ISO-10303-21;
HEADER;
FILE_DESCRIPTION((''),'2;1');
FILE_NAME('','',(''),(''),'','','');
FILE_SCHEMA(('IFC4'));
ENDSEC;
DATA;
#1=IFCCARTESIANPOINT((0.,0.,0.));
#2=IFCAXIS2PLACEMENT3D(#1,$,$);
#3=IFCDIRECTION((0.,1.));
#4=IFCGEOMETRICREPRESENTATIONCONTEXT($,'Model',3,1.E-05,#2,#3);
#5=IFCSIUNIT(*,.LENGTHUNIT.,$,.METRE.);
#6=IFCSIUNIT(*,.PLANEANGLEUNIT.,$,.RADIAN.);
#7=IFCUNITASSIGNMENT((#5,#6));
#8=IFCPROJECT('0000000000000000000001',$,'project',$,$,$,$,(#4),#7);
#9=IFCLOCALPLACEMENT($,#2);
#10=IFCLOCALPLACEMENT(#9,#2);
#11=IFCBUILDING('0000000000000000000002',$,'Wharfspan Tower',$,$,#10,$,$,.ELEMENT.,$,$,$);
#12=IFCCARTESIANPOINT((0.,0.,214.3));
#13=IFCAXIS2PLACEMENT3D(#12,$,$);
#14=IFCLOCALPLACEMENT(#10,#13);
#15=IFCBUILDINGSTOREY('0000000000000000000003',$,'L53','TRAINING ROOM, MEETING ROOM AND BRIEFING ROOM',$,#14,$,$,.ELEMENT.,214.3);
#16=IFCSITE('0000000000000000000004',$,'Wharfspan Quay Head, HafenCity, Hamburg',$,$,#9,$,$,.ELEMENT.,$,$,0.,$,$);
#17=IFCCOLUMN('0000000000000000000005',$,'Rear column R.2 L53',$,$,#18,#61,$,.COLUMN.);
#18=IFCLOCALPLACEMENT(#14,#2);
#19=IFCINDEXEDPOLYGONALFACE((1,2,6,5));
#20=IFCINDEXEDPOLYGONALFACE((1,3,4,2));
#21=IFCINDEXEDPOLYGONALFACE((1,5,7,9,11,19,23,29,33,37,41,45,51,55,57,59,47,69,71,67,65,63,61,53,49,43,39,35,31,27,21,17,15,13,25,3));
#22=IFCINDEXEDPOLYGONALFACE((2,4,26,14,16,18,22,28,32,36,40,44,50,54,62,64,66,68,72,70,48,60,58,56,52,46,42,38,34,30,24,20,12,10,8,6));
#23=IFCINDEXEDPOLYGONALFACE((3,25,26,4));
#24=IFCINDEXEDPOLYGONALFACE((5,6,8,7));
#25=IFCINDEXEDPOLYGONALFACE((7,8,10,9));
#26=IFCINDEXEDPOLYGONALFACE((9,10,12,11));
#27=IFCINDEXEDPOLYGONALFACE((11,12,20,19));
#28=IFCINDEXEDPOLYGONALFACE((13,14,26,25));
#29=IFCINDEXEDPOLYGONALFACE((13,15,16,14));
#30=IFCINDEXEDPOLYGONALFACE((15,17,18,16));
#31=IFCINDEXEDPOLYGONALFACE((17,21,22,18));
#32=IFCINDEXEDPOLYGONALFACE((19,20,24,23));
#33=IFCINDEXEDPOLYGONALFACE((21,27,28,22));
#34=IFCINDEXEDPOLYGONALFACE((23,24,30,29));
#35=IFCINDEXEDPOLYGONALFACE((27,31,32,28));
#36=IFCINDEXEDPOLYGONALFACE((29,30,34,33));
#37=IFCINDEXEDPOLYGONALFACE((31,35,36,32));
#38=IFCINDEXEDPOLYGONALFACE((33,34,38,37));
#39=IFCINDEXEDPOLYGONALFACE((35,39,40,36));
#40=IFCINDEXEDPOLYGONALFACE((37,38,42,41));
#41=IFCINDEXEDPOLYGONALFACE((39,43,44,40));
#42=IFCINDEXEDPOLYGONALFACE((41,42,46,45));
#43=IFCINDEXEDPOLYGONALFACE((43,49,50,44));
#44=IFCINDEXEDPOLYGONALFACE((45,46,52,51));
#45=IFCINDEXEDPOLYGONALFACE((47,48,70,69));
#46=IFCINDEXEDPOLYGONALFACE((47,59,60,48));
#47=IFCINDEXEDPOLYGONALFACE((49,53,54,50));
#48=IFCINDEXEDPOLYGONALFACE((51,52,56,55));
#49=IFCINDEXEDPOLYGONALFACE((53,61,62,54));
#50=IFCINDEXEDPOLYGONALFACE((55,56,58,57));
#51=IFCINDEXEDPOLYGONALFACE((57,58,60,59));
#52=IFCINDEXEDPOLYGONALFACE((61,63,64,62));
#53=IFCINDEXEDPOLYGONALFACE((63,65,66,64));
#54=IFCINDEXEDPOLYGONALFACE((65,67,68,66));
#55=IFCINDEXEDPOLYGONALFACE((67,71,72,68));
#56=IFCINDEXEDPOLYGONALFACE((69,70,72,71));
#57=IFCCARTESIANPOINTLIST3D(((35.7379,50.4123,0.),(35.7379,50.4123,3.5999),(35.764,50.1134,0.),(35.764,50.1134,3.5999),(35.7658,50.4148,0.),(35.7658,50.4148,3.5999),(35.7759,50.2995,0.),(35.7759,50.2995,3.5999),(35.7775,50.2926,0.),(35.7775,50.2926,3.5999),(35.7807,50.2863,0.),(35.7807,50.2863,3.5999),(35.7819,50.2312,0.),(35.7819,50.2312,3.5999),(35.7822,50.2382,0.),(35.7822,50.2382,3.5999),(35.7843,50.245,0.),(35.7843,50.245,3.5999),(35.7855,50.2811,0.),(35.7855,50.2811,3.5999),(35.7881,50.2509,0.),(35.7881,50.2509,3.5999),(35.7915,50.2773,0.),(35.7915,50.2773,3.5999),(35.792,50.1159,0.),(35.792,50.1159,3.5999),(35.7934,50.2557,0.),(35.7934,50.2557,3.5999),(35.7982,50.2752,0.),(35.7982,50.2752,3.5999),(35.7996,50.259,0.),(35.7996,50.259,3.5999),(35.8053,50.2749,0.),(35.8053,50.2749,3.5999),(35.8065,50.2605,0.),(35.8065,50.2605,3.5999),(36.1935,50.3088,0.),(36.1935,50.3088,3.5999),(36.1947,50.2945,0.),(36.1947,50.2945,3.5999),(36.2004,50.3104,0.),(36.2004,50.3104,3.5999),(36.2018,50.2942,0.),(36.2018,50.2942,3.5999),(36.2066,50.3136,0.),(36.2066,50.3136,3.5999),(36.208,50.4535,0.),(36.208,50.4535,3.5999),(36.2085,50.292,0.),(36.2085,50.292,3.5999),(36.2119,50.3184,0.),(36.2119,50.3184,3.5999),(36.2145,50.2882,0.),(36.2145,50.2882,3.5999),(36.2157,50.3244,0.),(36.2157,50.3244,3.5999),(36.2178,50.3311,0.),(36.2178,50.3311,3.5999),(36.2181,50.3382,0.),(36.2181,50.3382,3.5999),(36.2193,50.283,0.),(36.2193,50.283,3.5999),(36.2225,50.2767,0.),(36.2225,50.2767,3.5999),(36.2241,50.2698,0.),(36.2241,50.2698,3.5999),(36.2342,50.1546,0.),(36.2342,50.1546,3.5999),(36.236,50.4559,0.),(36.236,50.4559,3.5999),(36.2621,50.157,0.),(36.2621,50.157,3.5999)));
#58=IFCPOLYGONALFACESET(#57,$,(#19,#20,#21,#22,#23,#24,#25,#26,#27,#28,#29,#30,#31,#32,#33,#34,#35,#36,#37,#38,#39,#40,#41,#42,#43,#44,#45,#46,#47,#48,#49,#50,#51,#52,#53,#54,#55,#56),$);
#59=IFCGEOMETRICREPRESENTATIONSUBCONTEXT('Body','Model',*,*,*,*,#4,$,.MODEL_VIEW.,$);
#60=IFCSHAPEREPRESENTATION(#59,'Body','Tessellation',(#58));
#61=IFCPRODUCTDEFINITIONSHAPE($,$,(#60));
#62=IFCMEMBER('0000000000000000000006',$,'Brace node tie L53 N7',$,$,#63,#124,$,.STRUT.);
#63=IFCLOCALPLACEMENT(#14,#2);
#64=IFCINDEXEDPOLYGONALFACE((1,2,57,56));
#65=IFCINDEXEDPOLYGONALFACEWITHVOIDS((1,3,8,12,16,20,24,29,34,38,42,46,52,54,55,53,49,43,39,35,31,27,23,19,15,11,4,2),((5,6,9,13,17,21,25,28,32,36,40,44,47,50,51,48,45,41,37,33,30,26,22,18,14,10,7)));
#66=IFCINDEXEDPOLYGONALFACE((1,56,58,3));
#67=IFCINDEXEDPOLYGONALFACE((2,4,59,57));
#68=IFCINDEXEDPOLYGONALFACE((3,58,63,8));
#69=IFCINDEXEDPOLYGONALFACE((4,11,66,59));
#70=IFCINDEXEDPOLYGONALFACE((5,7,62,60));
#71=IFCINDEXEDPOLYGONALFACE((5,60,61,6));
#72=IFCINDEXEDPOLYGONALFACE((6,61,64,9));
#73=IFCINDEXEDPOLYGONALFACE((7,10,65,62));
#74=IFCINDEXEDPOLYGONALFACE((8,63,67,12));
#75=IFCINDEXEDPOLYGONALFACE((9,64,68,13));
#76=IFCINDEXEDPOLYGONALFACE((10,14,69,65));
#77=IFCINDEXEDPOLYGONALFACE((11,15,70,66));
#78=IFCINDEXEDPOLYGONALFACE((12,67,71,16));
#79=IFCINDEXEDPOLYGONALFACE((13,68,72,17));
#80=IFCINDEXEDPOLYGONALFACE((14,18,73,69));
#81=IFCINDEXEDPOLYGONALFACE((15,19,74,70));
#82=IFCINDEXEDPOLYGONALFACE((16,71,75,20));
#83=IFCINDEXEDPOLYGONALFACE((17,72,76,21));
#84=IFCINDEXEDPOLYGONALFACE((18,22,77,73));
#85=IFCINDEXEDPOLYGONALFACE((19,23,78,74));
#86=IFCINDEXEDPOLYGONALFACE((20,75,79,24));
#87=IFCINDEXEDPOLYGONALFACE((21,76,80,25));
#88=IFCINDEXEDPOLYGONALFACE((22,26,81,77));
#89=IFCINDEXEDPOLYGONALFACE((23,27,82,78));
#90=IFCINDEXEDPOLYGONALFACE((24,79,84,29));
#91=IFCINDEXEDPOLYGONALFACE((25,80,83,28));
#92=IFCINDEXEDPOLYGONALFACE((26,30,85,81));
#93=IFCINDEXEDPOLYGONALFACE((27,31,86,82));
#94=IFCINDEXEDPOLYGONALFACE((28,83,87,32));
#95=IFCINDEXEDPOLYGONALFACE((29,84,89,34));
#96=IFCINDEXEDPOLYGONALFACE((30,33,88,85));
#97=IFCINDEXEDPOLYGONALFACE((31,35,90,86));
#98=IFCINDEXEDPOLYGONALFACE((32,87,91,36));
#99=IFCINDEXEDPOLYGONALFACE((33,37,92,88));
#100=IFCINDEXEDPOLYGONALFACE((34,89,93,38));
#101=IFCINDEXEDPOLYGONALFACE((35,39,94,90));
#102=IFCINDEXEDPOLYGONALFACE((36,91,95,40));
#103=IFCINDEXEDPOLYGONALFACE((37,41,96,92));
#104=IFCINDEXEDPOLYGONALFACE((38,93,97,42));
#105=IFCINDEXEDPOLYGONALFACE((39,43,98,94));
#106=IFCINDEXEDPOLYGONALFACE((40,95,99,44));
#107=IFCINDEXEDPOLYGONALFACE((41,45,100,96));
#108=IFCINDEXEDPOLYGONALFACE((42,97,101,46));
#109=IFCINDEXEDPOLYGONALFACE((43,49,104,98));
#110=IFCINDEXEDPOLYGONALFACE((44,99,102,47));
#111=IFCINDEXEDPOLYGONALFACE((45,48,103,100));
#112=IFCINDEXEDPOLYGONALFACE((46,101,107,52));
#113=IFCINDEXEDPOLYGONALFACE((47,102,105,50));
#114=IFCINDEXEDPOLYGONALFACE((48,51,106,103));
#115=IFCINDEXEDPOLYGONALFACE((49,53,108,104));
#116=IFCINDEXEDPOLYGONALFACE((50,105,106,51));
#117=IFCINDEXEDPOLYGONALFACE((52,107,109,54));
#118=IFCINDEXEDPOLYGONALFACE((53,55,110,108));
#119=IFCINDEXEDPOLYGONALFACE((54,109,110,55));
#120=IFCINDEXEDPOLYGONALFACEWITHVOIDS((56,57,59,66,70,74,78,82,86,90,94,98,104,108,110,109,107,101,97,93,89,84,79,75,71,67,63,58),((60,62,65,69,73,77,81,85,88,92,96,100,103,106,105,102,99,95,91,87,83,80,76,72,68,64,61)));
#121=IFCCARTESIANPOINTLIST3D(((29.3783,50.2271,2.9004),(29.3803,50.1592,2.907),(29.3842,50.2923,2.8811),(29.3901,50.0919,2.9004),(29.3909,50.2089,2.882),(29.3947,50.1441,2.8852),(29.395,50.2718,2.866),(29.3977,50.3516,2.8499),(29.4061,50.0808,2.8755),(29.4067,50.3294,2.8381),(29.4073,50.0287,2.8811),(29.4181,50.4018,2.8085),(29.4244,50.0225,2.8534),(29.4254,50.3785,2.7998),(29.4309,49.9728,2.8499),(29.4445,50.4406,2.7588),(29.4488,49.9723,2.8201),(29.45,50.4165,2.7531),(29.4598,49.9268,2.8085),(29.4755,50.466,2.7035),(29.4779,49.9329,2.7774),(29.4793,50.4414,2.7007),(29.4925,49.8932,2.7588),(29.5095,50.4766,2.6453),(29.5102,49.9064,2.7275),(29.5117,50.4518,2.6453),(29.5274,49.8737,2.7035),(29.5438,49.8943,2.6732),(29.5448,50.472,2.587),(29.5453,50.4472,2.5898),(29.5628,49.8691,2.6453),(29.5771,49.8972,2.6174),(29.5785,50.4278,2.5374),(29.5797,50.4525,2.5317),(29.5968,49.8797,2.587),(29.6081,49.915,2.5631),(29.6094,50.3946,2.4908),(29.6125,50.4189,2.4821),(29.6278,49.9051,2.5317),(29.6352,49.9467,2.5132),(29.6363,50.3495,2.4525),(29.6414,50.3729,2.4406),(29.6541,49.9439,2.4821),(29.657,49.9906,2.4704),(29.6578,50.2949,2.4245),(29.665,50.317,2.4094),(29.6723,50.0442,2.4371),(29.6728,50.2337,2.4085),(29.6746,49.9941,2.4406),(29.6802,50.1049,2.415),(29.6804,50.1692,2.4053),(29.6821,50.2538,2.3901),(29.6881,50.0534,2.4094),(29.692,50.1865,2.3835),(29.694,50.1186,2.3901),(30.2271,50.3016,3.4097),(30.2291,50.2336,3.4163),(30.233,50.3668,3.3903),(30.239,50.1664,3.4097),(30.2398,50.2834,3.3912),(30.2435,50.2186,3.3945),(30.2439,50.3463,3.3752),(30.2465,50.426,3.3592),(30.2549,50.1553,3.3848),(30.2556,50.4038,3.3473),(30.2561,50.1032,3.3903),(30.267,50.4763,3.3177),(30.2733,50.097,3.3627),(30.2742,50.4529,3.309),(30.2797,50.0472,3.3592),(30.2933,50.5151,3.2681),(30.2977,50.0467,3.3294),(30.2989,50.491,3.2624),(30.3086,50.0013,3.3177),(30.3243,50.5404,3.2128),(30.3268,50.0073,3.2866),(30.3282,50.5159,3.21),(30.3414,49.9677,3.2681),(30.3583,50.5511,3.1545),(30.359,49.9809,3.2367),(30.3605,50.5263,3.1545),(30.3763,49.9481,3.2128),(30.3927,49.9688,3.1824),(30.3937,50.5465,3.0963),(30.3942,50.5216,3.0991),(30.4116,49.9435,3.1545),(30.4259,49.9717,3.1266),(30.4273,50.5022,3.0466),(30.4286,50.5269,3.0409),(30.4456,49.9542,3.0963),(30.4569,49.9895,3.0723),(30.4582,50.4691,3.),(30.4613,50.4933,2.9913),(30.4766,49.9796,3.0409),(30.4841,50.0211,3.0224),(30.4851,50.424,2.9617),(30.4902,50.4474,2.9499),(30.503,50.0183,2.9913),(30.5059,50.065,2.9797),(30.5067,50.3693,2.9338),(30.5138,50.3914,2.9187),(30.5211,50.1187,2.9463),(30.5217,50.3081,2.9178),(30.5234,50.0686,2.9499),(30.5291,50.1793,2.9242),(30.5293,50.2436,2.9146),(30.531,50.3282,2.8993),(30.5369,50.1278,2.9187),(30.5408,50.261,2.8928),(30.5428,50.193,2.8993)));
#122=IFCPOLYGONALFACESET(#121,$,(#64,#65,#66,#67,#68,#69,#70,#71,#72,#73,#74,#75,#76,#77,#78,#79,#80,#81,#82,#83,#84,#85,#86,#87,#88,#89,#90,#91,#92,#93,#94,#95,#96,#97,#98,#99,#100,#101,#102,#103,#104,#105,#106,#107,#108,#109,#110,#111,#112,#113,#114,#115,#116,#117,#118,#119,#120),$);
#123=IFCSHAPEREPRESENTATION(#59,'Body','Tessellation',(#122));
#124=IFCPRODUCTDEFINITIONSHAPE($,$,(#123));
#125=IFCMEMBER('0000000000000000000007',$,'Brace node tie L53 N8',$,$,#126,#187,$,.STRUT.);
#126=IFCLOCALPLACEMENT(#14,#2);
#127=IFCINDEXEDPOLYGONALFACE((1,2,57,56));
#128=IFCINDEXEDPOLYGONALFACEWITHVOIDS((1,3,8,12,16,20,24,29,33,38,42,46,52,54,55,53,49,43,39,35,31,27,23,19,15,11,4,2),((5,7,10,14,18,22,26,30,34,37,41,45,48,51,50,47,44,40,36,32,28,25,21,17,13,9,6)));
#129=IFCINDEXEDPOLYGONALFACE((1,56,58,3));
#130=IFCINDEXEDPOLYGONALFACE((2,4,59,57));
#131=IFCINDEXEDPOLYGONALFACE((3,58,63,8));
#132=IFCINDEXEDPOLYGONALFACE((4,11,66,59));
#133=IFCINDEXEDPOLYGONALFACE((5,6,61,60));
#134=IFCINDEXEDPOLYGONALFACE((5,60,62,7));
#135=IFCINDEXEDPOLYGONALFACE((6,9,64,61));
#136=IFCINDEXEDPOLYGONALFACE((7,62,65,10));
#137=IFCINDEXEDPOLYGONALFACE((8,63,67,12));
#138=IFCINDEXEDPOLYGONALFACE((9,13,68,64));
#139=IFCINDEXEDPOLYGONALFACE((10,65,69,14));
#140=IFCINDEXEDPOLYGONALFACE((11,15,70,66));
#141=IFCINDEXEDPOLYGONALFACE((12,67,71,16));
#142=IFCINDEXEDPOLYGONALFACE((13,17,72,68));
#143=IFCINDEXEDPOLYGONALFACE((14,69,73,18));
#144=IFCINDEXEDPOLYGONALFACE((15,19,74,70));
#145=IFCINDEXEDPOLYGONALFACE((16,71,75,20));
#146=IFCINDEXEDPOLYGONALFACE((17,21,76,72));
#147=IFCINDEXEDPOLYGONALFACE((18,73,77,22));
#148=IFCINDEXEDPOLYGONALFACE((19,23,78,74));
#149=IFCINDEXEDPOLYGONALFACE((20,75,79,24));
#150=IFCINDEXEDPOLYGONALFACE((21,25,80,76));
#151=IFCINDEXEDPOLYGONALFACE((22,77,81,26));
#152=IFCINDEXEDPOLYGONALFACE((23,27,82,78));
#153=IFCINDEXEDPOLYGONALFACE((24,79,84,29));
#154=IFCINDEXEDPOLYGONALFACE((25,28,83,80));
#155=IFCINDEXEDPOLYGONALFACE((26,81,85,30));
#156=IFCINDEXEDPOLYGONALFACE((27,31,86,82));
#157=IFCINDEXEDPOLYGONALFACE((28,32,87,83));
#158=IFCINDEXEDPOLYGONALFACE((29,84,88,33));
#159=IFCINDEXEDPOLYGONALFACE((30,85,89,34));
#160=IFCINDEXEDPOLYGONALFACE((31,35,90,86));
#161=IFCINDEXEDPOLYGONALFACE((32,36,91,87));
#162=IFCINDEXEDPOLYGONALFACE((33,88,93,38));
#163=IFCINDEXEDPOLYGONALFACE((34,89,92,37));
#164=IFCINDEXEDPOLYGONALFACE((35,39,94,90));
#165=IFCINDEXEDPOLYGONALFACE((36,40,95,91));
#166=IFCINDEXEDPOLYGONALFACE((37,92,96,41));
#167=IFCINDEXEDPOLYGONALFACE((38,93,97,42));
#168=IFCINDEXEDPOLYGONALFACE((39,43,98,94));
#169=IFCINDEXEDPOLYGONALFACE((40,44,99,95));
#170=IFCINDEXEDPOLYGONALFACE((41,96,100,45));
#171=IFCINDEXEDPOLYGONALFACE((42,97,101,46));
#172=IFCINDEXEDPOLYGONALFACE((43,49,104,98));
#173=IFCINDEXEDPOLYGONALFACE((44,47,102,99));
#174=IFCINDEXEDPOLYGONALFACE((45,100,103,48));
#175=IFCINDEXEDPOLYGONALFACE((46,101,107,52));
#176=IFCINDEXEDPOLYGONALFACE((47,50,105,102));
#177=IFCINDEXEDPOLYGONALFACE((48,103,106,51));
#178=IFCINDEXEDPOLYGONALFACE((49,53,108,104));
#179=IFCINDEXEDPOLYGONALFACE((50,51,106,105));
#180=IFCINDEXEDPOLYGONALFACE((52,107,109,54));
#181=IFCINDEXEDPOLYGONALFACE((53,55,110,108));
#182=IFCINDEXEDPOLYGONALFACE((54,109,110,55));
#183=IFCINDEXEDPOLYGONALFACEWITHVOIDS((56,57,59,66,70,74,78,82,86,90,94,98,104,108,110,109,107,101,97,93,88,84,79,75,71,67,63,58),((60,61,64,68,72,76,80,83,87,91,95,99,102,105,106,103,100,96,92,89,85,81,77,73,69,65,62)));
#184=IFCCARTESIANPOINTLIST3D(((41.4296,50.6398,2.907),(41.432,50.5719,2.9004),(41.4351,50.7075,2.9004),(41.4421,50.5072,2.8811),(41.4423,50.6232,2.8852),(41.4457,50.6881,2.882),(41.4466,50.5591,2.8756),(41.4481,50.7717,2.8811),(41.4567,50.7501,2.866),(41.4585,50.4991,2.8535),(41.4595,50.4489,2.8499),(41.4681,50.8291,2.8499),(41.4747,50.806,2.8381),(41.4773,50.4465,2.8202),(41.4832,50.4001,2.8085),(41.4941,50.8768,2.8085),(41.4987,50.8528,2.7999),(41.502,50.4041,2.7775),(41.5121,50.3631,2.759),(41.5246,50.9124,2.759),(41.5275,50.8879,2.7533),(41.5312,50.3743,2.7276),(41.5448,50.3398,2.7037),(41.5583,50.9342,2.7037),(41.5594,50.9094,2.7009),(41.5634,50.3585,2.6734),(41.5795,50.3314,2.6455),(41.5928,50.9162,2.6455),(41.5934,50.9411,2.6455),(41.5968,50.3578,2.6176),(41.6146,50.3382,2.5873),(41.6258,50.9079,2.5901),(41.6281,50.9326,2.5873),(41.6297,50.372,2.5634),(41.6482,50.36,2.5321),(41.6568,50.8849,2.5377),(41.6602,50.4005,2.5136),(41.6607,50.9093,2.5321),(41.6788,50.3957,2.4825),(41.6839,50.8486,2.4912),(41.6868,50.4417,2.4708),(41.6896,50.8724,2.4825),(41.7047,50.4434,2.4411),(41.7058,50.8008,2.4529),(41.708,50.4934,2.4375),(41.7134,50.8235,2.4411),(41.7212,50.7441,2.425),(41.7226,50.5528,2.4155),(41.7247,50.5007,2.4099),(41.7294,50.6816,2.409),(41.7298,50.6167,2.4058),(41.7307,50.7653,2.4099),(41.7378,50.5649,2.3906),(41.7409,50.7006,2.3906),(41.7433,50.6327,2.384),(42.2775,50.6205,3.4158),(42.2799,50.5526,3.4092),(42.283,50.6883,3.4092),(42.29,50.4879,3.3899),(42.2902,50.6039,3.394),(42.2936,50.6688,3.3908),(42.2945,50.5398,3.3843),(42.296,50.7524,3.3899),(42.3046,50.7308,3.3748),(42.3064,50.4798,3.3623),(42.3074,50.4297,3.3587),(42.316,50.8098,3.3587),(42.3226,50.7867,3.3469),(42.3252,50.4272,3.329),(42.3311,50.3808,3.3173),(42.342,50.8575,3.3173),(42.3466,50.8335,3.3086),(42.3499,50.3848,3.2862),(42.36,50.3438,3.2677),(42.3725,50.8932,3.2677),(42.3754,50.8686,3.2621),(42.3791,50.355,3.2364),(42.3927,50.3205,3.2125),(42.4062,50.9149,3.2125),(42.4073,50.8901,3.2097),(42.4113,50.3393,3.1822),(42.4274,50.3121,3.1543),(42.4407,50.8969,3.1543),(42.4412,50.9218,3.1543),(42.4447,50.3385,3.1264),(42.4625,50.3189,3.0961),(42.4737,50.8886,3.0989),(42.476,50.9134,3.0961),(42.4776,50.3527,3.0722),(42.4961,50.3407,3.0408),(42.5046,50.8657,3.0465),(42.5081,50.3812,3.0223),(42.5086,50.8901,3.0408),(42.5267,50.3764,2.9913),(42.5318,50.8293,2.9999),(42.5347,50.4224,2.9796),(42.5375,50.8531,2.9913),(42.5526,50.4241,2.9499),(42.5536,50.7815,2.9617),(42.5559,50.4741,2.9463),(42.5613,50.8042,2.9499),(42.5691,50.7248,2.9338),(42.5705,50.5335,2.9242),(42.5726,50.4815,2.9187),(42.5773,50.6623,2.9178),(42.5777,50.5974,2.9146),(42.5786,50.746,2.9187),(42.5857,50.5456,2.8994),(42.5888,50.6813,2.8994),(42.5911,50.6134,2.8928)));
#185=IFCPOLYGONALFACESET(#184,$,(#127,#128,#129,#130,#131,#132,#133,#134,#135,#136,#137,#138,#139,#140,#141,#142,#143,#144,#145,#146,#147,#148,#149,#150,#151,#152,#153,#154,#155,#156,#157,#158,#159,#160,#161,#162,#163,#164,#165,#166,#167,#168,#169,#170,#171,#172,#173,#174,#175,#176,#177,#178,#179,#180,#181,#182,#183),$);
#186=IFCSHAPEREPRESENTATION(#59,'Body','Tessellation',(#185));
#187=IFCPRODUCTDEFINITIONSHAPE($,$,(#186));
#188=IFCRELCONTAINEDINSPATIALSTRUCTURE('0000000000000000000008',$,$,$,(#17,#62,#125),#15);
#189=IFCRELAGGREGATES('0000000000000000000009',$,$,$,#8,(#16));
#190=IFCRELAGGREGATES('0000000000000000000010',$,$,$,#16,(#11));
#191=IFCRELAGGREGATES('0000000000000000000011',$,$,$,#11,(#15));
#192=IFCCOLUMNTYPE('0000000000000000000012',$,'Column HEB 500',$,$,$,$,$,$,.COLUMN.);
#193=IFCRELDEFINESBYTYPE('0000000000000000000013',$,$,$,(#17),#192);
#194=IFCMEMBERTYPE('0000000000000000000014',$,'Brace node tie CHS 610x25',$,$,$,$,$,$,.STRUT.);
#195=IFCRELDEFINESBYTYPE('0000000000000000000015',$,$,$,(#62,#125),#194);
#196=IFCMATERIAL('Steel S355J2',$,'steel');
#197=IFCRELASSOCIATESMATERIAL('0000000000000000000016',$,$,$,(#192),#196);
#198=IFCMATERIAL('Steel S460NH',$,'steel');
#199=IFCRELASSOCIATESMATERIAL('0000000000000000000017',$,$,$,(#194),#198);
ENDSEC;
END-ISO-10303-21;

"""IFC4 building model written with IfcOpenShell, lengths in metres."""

from ifc_helpers import new_model, si_unit, direction, frame, origin, origin_2d, place, context, subcontext, project, spatial, hollow_circle, i_section, extrude, material, material_profile, profile_set, type_object, element, save


model = new_model("IFC4")

# Units and contexts
model_context = context("Model", 3, precision=1e-05, world=origin(), true_north=direction((0.0, 1.0)))
body_context = subcontext(model_context, "Body", "Model", "MODEL_VIEW")
ifc_project = project(units=[si_unit("LENGTHUNIT", "METRE"), si_unit("PLANEANGLEUNIT", "RADIAN")], contexts=[model_context])

# Site, building, storey
site_placement = place(None, origin())
site = spatial("IfcSite", under=ifc_project, at=site_placement, Name="Wharfspan Quay Head, HafenCity, Hamburg", CompositionType="ELEMENT", RefElevation=0.0)
building_placement = place(site_placement, origin())
building = spatial("IfcBuilding", under=site, at=building_placement, Name="Wharfspan Tower", CompositionType="ELEMENT")
storey_placement = place(building_placement, frame((0.0, 0.0, 214.3)))
storey = spatial("IfcBuildingStorey", under=building, at=storey_placement, Name="L53", Description="TRAINING ROOM, MEETING ROOM AND BRIEFING ROOM", CompositionType="ELEMENT", Elevation=214.3)

# Column
ifc_material_1 = material(Name="Steel S355J2", Category="steel")
ifc_material_profile_1 = material_profile(ifc_material_1, i_section(OverallWidth=0.3, OverallDepth=0.5, WebThickness=0.0144, FlangeThickness=0.0281, FilletRadius=0.0271, at=origin_2d()))
ifc_profile_set_1 = profile_set([ifc_material_profile_1], Name="Steel S355J2")
column_type = type_object("IfcColumnType", Name="Column HEB 500", PredefinedType="COLUMN", material=ifc_profile_set_1)
column_placement = place(storey_placement, frame((36.0, 50.2847, 0.0), z_axis=(0.0, 0.0, 1.0), x_axis=(-0.087156, 0.996197, 0.0)))
element("IfcColumn", 1, at=column_placement, inside=storey, type_object=column_type, Name="Rear column R.2 L53", PredefinedType="COLUMN", context=body_context, shape_type="SweptSolid", body=[
    extrude(i_section(OverallWidth=0.3, OverallDepth=0.5, WebThickness=0.0144, FlangeThickness=0.0281, FilletRadius=0.0271, at=origin_2d()), origin(), (0.0, 0.0, 1.0), 3.5999),
])

# Members
ifc_material_2 = material(Name="Steel S460NH", Category="steel")
ifc_material_profile_2 = material_profile(ifc_material_2, hollow_circle(Radius=0.3049, WallThickness=0.0249, at=origin_2d()))
ifc_profile_set_2 = profile_set([ifc_material_profile_2], Name="Steel S460NH")
member_type_1 = type_object("IfcMemberType", Name="Brace node tie CHS 610x25", PredefinedType="STRUT", material=ifc_profile_set_2)
member_1_placement = place(storey_placement, frame((29.5361, 50.1729, 2.6453), z_axis=(0.855099, 0.075009, 0.51301), x_axis=(-0.087385, 0.996178, 0.000001)))
element("IfcMember", 2, at=member_1_placement, inside=storey, type_object=member_type_1, Name="Brace node tie L53 N7", PredefinedType="STRUT", context=body_context, shape_type="SweptSolid", body=[
    extrude(hollow_circle(Radius=0.3049, WallThickness=0.0249, at=origin_2d()), origin(), (0.0, 0.0, 1.0), 0.9927),
])
member_2_placement = place(storey_placement, frame((41.5864, 50.6362, 2.6455), z_axis=(0.857308, -0.019501, 0.514434), x_axis=(0.022739, 0.999737, 0.000003)))
element("IfcMember", 3, at=member_2_placement, inside=storey, type_object=member_type_1, Name="Brace node tie L53 N8", PredefinedType="STRUT", context=body_context, shape_type="SweptSolid", body=[
    extrude(hollow_circle(Radius=0.3049, WallThickness=0.0249, at=origin_2d()), origin(), (0.0, 0.0, 1.0), 0.989),
])

save(model, "model.ifc")
